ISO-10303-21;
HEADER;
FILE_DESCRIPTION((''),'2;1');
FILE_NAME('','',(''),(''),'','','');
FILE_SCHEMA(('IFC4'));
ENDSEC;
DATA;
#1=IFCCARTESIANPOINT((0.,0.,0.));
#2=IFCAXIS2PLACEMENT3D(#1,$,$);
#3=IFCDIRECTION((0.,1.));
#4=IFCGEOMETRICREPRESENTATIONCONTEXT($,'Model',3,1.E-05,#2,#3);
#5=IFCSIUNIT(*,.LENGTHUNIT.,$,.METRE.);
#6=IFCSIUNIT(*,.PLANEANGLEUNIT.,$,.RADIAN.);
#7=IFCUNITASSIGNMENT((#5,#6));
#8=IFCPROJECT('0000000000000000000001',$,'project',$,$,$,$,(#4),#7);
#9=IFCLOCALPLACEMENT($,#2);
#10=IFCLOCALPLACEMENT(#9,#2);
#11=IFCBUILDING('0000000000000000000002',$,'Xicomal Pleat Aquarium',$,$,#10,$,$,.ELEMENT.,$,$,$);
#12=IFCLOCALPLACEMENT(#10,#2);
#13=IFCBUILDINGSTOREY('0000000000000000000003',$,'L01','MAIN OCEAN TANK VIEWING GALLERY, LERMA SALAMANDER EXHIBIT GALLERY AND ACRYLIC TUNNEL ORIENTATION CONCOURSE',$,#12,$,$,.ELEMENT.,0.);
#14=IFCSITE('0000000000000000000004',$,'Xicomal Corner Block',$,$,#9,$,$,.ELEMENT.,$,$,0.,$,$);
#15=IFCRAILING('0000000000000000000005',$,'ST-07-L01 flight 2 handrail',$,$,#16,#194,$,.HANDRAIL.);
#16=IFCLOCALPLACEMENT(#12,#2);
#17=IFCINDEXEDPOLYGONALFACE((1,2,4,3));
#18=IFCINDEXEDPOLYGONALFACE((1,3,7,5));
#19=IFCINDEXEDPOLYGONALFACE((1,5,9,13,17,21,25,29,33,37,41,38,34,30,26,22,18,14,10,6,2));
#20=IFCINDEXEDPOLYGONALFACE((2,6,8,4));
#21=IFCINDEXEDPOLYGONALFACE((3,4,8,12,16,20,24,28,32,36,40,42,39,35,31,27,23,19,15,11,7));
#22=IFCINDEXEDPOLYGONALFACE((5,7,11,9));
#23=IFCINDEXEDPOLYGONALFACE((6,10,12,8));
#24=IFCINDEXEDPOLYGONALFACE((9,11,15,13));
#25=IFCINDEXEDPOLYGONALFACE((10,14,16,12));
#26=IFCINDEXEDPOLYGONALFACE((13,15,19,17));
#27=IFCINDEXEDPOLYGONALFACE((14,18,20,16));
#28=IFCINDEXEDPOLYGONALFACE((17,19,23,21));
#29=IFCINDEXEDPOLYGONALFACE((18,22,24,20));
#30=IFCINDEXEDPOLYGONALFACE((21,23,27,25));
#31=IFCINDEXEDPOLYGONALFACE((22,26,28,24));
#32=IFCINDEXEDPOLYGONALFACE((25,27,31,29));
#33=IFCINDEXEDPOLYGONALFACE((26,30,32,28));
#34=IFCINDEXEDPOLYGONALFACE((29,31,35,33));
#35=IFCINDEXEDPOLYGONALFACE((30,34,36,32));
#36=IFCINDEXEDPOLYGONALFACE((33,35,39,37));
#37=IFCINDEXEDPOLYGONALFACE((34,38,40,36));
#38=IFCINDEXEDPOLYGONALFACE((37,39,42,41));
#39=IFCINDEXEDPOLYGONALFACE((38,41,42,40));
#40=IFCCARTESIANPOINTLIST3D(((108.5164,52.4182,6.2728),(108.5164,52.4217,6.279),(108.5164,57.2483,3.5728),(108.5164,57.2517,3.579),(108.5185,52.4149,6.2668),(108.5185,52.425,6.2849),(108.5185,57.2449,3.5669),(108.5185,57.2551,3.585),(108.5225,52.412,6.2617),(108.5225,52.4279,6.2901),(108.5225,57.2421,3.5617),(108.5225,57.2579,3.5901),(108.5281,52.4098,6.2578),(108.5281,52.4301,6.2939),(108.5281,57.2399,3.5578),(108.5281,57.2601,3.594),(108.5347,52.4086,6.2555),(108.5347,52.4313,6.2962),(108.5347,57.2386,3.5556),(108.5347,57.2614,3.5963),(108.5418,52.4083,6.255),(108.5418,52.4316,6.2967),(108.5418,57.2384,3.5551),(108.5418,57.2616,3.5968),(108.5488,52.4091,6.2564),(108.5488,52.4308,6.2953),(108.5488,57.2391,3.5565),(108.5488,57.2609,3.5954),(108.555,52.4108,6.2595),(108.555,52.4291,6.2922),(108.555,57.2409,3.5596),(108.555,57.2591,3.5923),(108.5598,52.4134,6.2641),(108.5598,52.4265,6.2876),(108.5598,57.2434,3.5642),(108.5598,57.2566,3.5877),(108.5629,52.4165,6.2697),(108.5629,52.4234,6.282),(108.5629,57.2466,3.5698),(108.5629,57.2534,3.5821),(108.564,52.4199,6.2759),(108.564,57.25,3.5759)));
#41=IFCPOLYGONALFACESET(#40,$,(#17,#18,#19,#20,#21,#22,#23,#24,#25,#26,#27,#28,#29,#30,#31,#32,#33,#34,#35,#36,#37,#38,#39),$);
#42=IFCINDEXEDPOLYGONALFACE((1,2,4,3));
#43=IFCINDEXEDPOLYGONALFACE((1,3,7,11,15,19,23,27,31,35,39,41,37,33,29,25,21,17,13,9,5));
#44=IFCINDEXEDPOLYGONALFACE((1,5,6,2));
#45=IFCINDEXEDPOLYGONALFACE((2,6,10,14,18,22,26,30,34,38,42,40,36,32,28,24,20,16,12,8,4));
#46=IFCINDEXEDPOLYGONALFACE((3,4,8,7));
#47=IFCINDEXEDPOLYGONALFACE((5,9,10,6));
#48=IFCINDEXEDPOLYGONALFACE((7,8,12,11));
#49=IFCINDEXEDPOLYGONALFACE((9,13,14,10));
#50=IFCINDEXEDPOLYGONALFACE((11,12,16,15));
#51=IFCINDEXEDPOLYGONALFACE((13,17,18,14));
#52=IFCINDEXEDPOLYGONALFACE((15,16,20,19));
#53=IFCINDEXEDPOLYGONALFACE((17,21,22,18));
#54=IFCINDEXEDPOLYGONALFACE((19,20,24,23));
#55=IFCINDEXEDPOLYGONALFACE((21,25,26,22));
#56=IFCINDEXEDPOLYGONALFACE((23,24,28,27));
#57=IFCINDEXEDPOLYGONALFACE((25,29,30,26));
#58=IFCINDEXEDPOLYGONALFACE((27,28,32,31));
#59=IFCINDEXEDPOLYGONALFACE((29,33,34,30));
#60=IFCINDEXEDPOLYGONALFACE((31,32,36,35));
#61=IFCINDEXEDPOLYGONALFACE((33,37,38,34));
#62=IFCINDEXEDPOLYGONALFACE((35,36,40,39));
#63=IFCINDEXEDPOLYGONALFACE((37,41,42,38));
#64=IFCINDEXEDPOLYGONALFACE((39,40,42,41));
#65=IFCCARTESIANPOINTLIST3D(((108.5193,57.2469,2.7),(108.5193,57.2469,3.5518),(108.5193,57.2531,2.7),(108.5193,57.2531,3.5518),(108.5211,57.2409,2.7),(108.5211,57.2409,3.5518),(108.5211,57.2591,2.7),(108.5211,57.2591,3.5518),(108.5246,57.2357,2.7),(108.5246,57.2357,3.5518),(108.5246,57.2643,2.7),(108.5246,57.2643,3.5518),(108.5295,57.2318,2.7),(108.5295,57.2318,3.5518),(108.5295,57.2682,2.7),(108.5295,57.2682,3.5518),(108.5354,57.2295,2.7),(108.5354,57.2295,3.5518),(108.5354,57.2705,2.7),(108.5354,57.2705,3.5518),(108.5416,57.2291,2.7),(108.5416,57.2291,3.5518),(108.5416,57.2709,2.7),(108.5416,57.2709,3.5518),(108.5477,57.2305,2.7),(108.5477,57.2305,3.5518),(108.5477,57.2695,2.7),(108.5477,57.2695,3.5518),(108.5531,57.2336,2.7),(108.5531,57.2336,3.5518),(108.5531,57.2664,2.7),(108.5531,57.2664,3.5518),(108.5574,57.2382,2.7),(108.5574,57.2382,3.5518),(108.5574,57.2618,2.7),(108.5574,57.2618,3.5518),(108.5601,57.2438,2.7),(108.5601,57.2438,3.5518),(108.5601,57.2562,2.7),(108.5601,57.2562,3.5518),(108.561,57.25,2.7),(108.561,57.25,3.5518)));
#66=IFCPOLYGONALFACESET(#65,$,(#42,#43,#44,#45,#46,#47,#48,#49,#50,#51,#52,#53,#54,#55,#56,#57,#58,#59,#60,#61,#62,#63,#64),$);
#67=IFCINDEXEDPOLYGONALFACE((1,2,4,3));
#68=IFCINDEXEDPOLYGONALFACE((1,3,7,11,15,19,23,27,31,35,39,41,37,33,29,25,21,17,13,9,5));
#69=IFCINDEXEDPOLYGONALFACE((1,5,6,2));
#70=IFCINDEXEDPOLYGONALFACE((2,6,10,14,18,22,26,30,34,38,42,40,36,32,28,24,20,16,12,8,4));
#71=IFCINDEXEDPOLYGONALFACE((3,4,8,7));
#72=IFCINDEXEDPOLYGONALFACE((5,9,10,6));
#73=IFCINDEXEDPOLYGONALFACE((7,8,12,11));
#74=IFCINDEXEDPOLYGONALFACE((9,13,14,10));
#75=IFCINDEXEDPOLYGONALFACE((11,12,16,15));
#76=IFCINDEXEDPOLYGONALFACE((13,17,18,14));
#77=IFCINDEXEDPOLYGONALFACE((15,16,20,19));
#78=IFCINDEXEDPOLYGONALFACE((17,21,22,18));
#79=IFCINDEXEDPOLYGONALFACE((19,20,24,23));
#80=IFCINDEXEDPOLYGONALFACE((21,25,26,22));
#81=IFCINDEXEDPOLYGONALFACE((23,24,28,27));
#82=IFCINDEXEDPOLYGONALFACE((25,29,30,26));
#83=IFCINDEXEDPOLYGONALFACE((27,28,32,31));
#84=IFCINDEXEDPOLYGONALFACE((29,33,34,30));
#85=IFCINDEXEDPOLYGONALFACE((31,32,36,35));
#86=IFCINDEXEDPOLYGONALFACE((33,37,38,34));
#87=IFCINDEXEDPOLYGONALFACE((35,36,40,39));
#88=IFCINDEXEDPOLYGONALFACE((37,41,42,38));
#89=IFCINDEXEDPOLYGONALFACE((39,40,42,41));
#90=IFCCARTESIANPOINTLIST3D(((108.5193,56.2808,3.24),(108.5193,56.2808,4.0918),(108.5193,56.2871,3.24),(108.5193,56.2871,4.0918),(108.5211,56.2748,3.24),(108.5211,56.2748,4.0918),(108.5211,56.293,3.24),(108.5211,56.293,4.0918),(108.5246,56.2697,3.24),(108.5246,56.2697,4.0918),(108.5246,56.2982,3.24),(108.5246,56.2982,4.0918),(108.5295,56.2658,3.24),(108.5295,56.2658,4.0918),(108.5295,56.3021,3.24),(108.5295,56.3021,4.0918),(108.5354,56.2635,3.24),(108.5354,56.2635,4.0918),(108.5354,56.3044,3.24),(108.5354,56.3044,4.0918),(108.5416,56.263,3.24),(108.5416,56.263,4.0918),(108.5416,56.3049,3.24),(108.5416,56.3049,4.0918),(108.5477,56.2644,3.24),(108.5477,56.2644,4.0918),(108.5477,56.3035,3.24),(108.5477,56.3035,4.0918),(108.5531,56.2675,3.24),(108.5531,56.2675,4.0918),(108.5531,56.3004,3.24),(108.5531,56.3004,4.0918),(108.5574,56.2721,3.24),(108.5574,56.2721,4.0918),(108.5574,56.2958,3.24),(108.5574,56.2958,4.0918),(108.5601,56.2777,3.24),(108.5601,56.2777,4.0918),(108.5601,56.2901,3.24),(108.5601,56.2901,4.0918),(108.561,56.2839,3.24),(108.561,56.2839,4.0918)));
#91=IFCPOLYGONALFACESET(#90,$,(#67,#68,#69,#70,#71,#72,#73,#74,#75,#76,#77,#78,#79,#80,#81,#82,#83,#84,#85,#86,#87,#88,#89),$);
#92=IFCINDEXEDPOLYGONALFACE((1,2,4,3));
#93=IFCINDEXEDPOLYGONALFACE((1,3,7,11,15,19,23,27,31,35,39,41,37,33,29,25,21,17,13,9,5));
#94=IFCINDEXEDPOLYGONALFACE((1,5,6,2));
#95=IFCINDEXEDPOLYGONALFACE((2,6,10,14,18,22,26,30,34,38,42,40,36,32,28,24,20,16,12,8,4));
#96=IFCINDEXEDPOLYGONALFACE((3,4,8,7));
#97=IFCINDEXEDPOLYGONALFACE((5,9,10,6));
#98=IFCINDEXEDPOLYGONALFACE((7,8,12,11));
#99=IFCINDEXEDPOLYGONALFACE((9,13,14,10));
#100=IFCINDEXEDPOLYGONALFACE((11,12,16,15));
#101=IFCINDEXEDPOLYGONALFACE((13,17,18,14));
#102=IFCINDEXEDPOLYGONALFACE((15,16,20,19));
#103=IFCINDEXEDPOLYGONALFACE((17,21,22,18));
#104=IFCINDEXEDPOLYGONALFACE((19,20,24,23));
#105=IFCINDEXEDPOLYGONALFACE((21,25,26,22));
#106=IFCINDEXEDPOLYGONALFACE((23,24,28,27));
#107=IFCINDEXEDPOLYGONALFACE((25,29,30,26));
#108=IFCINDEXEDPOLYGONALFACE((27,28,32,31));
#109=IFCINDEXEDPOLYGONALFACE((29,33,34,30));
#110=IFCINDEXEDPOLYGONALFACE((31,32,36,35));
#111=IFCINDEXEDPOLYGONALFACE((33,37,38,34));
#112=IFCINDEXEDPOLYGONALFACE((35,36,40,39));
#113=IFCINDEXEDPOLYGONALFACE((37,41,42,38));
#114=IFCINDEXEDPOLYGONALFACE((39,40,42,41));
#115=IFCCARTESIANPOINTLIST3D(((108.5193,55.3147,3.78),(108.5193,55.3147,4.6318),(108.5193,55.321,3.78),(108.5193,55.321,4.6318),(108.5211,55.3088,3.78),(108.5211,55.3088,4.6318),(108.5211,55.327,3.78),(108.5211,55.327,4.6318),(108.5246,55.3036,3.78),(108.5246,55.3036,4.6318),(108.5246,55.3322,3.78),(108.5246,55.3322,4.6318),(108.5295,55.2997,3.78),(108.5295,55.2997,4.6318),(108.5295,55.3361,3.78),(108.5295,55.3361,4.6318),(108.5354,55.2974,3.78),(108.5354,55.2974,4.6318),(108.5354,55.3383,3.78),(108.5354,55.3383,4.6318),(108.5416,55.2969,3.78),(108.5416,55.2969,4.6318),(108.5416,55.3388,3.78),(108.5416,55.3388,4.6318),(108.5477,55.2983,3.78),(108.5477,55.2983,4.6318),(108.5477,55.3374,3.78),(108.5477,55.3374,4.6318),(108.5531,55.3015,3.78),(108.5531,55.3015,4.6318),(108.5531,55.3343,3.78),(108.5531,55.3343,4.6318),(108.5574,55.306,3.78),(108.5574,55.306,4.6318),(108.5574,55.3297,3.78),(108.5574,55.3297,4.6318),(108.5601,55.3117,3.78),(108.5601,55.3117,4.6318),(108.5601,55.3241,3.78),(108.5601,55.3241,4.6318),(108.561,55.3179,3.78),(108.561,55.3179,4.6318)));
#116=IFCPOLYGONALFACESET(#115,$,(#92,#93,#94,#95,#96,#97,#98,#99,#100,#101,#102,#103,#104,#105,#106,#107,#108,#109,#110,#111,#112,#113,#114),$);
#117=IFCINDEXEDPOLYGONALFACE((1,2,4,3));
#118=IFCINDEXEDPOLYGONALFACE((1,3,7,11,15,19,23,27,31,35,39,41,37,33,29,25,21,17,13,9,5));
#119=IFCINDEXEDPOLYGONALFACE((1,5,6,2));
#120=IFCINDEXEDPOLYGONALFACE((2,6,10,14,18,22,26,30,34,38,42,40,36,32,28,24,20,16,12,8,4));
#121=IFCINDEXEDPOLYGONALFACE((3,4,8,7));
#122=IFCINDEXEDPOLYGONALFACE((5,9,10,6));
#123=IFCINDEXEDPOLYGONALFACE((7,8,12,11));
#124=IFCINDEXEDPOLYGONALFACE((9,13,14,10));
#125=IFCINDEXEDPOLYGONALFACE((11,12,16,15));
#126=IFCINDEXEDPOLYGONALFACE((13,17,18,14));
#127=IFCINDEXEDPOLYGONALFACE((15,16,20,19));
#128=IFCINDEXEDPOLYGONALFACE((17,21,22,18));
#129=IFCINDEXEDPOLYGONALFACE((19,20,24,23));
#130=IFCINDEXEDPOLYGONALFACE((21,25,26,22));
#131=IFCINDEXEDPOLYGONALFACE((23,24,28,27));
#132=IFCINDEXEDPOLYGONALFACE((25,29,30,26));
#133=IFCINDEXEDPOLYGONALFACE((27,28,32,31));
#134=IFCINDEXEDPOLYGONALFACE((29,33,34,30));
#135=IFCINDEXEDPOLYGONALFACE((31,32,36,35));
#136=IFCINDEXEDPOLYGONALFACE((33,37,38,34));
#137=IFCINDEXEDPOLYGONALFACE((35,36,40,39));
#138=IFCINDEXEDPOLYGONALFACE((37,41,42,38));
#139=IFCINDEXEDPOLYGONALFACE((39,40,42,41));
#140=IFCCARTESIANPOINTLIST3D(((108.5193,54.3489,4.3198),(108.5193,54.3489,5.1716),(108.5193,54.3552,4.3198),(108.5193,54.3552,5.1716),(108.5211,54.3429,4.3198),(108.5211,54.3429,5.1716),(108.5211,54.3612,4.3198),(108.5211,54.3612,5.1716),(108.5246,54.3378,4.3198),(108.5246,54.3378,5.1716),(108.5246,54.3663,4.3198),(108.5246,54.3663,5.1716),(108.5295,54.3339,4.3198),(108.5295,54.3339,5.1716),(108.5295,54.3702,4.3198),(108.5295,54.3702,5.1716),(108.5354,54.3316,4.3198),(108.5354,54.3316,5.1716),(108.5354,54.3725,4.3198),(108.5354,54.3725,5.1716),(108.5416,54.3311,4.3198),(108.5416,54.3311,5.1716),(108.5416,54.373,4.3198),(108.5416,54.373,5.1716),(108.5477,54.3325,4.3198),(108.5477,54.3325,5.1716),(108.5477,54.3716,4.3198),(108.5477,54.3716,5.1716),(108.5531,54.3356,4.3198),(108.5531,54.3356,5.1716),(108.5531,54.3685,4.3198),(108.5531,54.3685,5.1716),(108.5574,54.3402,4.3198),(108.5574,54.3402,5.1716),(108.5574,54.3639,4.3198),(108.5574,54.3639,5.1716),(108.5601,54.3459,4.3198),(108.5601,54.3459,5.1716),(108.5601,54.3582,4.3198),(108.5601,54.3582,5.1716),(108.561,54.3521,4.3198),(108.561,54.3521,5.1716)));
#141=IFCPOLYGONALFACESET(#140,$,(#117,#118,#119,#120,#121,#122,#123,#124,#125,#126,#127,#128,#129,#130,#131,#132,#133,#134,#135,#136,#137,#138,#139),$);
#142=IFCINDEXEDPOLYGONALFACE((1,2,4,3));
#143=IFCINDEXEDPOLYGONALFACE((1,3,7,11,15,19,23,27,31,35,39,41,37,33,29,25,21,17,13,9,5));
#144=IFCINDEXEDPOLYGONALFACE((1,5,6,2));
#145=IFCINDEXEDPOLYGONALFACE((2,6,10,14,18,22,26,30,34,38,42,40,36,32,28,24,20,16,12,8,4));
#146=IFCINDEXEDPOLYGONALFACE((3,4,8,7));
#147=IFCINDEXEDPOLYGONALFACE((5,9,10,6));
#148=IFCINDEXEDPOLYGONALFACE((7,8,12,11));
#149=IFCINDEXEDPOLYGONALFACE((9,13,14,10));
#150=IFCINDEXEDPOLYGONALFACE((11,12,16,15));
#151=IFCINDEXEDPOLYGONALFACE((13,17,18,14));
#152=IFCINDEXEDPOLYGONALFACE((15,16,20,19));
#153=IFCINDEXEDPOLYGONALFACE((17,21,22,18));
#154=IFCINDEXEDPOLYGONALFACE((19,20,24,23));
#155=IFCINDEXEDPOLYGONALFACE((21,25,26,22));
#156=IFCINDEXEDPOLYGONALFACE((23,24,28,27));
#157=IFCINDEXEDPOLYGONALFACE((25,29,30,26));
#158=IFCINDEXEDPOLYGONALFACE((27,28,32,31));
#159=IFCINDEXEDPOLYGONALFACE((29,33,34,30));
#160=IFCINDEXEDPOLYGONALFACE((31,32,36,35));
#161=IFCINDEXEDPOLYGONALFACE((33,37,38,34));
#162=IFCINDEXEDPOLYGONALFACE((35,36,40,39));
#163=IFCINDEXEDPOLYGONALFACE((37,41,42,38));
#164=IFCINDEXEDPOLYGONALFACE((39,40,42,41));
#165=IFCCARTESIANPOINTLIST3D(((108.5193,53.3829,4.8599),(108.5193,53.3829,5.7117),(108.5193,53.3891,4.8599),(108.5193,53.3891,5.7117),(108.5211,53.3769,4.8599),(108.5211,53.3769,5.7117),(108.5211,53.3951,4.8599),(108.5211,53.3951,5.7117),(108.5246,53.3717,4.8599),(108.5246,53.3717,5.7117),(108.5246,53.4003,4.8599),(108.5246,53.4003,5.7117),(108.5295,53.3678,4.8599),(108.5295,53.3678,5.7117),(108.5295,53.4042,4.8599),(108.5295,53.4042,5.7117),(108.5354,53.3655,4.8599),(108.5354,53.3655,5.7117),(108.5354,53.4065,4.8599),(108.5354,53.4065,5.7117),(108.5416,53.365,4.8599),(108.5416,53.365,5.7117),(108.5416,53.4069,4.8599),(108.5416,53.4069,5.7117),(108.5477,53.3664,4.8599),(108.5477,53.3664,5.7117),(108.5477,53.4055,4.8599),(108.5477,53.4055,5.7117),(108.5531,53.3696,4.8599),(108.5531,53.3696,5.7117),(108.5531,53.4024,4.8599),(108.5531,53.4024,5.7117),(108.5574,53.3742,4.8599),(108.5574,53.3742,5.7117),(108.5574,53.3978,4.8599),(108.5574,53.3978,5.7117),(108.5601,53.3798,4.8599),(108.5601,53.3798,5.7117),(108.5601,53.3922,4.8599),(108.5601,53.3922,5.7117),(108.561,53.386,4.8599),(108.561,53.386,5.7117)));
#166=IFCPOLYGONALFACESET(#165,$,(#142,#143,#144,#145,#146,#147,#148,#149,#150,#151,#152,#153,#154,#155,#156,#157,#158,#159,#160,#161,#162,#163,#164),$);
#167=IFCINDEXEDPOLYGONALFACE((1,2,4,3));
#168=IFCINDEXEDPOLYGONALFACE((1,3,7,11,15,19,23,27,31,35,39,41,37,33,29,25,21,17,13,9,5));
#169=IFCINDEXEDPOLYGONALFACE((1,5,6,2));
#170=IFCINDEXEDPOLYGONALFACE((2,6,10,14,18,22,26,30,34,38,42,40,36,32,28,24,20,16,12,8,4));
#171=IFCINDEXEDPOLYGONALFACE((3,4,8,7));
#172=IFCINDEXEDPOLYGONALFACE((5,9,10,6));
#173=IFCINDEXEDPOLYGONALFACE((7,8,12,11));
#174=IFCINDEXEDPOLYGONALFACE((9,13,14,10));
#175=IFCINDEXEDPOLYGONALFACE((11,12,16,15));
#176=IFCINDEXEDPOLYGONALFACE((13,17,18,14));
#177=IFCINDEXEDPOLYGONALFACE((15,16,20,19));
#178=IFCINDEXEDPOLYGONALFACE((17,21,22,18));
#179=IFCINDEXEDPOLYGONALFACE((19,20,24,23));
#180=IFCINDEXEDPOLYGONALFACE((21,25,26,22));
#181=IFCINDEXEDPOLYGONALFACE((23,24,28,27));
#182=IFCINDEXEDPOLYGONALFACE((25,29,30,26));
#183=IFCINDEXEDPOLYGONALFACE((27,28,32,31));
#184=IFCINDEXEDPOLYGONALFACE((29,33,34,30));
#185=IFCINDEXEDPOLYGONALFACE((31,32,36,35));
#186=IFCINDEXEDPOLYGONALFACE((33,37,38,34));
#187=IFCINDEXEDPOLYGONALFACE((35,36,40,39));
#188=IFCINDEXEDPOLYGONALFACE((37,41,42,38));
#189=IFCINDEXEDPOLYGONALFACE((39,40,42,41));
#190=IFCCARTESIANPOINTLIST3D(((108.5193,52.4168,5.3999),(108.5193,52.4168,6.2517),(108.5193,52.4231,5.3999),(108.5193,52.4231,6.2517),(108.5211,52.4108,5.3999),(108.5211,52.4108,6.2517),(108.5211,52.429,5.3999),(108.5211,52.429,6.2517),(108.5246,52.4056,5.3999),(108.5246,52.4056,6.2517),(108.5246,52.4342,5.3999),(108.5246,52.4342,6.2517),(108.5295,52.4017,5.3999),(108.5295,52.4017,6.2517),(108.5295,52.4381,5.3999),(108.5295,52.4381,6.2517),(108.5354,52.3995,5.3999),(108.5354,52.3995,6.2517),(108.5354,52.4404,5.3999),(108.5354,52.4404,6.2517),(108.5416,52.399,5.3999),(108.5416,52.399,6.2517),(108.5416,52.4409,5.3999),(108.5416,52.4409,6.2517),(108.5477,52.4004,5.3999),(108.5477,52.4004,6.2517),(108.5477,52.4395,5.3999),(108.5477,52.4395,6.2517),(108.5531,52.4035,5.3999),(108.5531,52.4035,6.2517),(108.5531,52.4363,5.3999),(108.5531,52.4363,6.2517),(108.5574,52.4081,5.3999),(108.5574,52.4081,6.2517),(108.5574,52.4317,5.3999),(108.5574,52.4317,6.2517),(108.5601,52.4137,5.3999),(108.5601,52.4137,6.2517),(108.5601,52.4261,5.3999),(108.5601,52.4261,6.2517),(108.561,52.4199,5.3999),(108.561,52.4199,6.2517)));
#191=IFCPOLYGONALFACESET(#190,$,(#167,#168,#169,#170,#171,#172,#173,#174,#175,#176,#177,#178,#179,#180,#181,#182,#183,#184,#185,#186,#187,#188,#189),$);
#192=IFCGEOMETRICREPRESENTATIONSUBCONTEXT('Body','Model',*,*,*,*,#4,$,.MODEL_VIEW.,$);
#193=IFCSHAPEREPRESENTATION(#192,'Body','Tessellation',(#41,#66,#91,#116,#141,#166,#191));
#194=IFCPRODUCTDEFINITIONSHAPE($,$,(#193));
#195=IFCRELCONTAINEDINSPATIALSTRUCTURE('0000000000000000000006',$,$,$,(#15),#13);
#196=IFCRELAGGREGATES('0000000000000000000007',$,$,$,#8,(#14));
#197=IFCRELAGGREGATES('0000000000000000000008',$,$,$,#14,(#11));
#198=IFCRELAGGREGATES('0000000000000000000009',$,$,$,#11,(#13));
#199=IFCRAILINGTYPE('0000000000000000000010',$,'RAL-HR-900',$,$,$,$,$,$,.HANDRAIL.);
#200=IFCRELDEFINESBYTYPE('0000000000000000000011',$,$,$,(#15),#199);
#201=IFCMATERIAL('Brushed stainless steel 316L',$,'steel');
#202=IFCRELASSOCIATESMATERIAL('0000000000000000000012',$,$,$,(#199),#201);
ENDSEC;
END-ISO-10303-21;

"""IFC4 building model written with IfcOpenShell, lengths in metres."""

from ifc_helpers import new_model, si_unit, direction, frame, origin, origin_2d, place, context, subcontext, project, spatial, circle, extrude, material, type_object, element, save


model = new_model("IFC4")

# Units and contexts
model_context = context("Model", 3, precision=1e-05, world=origin(), true_north=direction((0.0, 1.0)))
body_context = subcontext(model_context, "Body", "Model", "MODEL_VIEW")
ifc_project = project(units=[si_unit("LENGTHUNIT", "METRE"), si_unit("PLANEANGLEUNIT", "RADIAN")], contexts=[model_context])

# Site, building, storey
site_placement = place(None, origin())
site = spatial("IfcSite", under=ifc_project, at=site_placement, Name="Xicomal Corner Block", CompositionType="ELEMENT", RefElevation=0.0)
building_placement = place(site_placement, origin())
building = spatial("IfcBuilding", under=site, at=building_placement, Name="Xicomal Pleat Aquarium", CompositionType="ELEMENT")
storey_placement = place(building_placement, origin())
storey = spatial("IfcBuildingStorey", under=building, at=storey_placement, Name="L01", Description="MAIN OCEAN TANK VIEWING GALLERY, LERMA SALAMANDER EXHIBIT GALLERY AND ACRYLIC TUNNEL ORIENTATION CONCOURSE", CompositionType="ELEMENT", Elevation=0.0)

# Railing
ifc_material_1 = material(Name="Brushed stainless steel 316L", Category="steel")
railing_type = type_object("IfcRailingType", Name="RAL-HR-900", PredefinedType="HANDRAIL", material=ifc_material_1)
railing_placement = place(storey_placement, frame((108.54, 57.25, 2.7)))
element("IfcRailing", 1, at=railing_placement, inside=storey, type_object=railing_type, Name="ST-07-L01 flight 2 handrail", PredefinedType="HANDRAIL", context=body_context, shape_type="SweptSolid", body=[
    extrude(circle(Radius=0.0239, at=origin_2d()), frame((0.0, 0.0, 0.876), z_axis=(0.0, -0.872883, 0.48793), x_axis=(1.0, 0.0, 0.0)), (0.0, 0.0, 1.0), 5.5334),
    extrude(circle(Radius=0.021, at=origin_2d()), origin(), (0.0, 0.0, 1.0), 0.8518),
    extrude(circle(Radius=0.021, at=origin_2d()), frame((0.0, -0.9661, 0.54)), (0.0, 0.0, 1.0), 0.8518),
    extrude(circle(Radius=0.021, at=origin_2d()), frame((0.0, -1.9321, 1.0801)), (0.0, 0.0, 1.0), 0.8518),
    extrude(circle(Radius=0.021, at=origin_2d()), frame((0.0, -2.8979, 1.6199)), (0.0, 0.0, 1.0), 0.8518),
    extrude(circle(Radius=0.021, at=origin_2d()), frame((0.0, -3.864, 2.1599)), (0.0, 0.0, 1.0), 0.8518),
    extrude(circle(Radius=0.021, at=origin_2d()), frame((0.0, -4.8301, 2.7)), (0.0, 0.0, 1.0), 0.8518),
])

save(model, "model.ifc")
